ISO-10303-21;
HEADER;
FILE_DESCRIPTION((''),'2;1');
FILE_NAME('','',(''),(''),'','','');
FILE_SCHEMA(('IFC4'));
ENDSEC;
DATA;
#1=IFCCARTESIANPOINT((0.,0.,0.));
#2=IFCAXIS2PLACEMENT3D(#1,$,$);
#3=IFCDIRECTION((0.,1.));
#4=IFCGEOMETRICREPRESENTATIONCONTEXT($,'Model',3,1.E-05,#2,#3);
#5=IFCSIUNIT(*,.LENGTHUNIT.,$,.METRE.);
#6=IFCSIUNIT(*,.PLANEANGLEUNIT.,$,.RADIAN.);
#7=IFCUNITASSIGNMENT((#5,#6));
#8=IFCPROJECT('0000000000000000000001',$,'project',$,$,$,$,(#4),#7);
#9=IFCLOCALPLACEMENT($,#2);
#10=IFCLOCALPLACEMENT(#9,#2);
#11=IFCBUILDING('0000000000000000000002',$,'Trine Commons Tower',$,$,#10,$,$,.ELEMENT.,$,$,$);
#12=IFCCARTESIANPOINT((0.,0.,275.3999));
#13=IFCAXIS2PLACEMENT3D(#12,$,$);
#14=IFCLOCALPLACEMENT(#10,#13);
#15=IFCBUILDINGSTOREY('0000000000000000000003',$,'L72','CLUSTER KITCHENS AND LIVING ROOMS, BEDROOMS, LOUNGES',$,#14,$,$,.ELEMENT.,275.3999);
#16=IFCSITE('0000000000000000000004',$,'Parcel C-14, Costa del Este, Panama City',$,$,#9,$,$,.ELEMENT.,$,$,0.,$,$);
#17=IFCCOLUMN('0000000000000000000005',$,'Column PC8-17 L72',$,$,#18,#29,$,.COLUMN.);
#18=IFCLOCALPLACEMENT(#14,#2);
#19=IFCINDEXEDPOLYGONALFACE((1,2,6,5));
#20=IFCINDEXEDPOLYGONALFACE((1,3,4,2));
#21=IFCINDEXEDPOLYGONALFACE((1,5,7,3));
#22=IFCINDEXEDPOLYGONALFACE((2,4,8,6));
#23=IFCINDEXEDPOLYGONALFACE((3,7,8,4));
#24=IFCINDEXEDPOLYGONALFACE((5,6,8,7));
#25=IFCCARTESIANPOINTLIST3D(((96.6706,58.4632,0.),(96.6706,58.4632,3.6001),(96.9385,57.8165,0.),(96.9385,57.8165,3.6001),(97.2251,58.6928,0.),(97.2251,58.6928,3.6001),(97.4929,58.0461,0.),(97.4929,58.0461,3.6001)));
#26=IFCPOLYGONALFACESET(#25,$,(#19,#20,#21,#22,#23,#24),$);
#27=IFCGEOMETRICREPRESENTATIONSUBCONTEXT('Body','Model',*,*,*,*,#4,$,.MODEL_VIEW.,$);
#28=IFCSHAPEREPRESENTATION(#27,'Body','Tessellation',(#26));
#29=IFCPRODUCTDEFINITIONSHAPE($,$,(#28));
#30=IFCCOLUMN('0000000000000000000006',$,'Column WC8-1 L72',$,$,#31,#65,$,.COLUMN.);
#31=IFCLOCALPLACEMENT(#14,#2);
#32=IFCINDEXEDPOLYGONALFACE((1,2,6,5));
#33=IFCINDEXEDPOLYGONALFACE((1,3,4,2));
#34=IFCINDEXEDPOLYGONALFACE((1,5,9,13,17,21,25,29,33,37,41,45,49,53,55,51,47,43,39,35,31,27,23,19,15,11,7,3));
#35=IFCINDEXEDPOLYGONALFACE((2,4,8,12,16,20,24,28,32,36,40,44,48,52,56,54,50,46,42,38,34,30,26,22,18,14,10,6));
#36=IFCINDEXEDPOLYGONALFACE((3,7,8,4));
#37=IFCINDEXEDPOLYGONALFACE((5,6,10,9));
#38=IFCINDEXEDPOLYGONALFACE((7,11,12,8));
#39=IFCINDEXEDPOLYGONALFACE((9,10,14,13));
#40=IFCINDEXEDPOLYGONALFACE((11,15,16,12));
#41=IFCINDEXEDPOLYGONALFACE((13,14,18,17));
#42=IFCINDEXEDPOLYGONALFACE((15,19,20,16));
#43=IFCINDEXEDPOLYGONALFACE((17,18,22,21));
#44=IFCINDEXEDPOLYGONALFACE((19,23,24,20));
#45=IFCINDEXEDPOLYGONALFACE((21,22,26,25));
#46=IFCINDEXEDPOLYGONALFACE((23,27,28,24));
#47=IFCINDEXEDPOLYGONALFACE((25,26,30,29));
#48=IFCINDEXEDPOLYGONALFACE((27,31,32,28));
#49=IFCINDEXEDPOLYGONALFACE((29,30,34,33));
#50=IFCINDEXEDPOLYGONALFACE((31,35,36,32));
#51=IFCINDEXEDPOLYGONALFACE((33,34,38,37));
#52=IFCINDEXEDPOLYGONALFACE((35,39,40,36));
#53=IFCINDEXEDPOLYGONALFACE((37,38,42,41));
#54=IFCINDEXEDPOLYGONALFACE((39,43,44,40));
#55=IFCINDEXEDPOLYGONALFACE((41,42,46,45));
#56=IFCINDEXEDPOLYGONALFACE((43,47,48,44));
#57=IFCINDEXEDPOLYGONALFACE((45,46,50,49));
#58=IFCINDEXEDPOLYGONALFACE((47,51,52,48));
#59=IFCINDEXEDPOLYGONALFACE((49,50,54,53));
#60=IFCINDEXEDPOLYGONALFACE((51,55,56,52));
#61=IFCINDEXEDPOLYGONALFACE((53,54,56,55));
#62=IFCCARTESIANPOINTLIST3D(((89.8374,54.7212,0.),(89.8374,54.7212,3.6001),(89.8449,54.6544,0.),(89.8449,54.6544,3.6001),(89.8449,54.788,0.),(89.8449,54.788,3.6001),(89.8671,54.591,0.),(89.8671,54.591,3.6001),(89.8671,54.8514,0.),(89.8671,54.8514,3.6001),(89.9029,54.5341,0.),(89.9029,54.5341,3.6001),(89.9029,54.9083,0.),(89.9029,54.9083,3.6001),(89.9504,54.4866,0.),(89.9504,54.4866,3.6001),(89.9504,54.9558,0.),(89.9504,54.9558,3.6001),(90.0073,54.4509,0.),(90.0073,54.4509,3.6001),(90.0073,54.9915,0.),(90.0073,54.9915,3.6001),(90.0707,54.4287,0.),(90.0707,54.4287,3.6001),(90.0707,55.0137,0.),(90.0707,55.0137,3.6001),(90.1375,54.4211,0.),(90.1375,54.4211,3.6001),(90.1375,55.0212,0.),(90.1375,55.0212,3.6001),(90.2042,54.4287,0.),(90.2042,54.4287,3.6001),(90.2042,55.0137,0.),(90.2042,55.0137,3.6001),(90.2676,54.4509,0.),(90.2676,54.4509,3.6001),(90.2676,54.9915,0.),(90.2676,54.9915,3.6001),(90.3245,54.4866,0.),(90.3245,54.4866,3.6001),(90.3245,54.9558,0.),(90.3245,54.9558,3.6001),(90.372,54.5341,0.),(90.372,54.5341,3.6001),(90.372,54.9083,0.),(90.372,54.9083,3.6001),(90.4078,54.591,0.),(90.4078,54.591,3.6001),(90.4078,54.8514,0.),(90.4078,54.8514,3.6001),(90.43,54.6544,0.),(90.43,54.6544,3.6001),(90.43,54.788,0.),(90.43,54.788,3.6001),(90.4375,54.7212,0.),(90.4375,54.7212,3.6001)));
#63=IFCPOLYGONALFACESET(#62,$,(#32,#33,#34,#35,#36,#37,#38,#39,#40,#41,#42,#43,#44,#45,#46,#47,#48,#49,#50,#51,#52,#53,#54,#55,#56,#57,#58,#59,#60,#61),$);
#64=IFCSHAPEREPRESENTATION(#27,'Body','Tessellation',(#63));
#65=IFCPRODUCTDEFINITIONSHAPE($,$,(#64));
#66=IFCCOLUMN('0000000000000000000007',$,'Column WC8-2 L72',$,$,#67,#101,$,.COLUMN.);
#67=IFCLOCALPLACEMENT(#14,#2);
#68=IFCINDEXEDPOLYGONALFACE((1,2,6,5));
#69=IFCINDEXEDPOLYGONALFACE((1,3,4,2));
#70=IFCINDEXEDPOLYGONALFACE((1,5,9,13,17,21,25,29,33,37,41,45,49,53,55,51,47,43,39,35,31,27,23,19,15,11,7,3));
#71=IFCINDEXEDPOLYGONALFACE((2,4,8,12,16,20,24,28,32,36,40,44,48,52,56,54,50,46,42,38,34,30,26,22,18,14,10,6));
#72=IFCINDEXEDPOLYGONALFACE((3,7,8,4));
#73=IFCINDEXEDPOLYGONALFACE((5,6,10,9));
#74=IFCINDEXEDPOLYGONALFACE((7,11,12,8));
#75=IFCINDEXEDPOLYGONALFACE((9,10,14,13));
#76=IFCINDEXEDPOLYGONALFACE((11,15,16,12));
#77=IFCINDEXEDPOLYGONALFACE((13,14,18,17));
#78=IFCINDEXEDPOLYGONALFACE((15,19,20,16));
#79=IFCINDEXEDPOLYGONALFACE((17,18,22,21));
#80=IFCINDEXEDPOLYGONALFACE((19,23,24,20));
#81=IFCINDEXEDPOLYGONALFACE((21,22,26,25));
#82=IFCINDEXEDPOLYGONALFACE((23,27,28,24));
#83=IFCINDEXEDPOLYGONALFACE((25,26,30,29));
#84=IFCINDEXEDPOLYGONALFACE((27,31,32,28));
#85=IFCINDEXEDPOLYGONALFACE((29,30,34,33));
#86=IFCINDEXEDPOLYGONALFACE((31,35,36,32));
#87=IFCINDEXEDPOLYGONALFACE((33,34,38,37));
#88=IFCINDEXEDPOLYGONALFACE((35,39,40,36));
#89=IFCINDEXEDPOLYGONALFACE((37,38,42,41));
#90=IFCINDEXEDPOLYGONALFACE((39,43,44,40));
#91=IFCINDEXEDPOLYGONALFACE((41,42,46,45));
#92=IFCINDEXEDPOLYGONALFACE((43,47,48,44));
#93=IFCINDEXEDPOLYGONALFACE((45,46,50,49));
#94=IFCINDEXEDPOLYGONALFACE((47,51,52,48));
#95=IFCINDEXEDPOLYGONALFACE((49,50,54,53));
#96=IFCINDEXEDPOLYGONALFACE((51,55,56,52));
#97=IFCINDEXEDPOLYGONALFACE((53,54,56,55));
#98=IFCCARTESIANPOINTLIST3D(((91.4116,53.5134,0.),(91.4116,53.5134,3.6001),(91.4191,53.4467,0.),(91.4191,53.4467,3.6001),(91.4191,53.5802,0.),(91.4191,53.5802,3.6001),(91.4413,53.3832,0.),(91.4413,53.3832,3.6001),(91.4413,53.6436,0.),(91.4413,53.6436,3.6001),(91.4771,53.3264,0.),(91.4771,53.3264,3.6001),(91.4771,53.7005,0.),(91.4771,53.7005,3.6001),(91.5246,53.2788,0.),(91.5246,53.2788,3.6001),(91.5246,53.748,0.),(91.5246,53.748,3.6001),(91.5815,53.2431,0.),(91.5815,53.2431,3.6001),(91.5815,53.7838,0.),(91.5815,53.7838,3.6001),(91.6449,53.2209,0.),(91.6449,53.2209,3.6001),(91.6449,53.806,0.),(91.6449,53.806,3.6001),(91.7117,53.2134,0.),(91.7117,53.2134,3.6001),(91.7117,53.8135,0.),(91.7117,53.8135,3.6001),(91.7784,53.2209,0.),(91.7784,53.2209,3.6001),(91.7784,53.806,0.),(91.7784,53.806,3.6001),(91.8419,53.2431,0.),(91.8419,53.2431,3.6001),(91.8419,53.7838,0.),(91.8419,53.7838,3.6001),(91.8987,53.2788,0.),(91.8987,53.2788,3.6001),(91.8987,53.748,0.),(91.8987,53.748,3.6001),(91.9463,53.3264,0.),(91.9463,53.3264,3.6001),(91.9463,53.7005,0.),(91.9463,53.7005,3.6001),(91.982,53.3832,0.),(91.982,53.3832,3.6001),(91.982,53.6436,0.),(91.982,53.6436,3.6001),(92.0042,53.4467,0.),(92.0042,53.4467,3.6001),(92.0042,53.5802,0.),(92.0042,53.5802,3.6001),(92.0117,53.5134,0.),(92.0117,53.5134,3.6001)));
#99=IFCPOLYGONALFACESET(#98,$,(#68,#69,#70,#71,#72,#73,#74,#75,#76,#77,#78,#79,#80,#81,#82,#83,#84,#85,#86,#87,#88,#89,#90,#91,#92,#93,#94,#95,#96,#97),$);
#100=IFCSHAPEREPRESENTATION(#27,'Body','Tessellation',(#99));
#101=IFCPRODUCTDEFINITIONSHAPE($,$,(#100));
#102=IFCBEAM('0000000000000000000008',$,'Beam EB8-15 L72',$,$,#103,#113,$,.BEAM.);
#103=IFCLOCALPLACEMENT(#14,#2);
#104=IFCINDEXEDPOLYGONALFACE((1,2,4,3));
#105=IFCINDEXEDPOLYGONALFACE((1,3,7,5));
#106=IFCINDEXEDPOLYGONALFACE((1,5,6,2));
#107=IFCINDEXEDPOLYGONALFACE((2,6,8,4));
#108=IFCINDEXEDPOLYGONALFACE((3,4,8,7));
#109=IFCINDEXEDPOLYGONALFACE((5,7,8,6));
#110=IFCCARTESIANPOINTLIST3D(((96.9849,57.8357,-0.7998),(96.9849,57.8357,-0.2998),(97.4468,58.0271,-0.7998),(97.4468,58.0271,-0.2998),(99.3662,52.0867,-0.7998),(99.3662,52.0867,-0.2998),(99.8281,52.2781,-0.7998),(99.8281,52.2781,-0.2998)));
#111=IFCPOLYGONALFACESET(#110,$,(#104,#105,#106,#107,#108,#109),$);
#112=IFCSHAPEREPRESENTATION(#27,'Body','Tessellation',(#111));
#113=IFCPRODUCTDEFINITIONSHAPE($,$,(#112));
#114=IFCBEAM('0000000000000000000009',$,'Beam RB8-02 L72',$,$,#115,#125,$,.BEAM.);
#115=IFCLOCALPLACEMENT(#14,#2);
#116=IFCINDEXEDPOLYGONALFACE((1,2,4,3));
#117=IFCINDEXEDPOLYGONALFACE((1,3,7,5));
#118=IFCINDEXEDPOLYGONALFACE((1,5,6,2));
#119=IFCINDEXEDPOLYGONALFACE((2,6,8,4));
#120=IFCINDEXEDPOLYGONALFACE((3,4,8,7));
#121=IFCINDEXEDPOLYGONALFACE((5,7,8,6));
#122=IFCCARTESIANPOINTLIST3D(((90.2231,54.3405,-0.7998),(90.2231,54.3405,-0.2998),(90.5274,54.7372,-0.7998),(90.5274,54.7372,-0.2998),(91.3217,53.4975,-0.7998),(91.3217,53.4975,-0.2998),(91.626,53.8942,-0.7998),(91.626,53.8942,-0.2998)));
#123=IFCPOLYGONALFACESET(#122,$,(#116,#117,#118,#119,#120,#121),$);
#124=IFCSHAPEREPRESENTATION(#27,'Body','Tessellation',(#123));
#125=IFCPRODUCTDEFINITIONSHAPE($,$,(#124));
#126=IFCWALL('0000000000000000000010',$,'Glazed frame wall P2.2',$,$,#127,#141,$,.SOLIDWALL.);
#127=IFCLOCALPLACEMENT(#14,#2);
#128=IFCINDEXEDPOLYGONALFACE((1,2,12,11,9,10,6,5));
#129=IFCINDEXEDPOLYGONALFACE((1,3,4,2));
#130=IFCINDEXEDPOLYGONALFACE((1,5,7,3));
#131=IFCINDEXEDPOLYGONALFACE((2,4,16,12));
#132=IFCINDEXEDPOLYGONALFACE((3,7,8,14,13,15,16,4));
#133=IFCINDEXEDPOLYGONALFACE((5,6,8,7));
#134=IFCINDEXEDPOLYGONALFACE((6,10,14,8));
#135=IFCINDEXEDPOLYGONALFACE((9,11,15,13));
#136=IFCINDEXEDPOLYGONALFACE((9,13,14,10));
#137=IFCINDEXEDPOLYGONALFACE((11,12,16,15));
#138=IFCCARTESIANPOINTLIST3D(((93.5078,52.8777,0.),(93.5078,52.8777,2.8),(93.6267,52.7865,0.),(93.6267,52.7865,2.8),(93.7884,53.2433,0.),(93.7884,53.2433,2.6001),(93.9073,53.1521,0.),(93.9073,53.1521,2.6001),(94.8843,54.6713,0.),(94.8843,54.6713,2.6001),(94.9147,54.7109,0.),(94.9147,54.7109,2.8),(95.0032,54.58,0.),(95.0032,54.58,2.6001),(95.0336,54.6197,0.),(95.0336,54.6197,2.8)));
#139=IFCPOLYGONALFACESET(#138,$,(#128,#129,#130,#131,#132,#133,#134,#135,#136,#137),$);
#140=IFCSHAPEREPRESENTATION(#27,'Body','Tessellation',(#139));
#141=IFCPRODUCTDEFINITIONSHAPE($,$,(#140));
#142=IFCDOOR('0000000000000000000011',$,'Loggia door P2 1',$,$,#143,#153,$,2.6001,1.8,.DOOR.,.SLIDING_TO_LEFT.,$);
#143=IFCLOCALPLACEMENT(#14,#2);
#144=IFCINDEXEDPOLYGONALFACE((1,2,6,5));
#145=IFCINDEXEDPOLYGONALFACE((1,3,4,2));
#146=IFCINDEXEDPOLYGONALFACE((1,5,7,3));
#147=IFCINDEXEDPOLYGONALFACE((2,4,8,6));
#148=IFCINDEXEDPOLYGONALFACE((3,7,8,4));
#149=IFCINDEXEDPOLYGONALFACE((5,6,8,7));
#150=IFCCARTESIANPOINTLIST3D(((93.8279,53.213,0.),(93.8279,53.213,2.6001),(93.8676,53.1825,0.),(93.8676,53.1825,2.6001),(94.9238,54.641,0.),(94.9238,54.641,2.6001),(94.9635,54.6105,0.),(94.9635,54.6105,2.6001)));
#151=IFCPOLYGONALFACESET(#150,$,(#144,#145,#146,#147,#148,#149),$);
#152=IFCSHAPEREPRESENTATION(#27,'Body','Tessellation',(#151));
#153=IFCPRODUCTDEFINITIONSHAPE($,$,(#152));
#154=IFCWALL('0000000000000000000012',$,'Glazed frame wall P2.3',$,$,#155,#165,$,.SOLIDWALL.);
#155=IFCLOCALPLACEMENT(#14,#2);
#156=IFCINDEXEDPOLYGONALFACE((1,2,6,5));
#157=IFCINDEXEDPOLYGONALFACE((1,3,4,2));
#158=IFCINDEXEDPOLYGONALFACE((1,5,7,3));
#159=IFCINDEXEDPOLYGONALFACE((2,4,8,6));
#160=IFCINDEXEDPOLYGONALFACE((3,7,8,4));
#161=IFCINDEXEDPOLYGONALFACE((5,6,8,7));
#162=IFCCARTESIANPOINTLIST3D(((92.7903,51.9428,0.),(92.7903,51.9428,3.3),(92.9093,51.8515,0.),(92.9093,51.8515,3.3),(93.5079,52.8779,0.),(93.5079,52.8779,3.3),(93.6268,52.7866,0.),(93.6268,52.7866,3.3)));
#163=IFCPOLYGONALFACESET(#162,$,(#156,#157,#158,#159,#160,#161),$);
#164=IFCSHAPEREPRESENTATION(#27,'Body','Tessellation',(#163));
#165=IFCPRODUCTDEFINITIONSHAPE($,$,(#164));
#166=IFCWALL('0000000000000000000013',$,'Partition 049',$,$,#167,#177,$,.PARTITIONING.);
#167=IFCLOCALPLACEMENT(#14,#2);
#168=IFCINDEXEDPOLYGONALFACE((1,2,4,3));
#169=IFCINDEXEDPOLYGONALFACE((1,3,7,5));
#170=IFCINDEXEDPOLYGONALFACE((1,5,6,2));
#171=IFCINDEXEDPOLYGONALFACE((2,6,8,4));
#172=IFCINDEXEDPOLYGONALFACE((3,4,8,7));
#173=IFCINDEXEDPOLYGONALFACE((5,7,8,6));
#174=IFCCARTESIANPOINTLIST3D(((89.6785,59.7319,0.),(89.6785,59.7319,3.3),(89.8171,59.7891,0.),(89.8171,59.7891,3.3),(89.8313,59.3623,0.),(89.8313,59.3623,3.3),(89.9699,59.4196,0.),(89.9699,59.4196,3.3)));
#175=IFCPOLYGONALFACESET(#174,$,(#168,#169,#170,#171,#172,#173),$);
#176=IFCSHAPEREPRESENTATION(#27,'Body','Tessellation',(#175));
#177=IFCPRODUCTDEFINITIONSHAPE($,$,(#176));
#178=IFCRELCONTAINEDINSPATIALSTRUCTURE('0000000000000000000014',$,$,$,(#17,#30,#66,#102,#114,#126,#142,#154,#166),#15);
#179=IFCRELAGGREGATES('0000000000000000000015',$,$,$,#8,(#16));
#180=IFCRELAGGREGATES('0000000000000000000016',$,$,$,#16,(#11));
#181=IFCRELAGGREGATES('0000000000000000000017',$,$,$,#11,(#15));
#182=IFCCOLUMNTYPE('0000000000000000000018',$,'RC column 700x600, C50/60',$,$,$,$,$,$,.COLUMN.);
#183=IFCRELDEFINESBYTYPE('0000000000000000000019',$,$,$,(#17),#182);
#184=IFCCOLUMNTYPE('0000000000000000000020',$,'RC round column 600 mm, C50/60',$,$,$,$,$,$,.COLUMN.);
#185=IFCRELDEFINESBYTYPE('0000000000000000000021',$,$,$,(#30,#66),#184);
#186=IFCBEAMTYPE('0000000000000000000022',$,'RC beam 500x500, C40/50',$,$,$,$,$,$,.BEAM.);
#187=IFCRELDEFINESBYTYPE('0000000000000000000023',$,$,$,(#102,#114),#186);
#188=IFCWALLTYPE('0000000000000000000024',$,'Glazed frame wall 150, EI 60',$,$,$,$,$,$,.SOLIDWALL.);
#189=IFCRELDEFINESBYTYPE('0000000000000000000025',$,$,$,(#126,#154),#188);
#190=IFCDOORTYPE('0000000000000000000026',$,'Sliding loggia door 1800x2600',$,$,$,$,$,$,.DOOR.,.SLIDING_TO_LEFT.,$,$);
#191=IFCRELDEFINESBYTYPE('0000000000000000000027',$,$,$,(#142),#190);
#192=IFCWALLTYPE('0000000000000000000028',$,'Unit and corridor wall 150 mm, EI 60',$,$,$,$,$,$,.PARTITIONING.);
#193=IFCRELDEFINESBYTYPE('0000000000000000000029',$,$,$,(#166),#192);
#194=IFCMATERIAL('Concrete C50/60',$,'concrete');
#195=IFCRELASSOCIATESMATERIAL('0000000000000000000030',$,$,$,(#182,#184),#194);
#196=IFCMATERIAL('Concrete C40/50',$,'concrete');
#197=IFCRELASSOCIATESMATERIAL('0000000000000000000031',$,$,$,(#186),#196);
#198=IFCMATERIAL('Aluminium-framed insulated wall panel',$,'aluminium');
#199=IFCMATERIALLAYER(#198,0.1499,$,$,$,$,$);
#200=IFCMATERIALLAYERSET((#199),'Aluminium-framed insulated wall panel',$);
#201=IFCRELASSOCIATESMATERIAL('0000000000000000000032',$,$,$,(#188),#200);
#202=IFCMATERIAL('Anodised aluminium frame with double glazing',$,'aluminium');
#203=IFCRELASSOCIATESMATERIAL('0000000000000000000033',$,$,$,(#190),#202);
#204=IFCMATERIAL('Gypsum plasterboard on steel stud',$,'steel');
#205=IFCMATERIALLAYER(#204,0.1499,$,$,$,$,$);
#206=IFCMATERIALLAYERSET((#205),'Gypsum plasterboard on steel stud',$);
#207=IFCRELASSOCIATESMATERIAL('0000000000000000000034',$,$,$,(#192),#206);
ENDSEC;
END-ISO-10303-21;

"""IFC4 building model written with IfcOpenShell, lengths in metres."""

from ifc_helpers import new_model, si_unit, direction, frame, frame_2d, origin, origin_2d, place, context, subcontext, project, spatial, polyline, rectangle, circle, outline, extrude, material, layer, layer_set, material_profile, profile_set, type_object, element, fill, save


model = new_model("IFC4")

# Units and contexts
model_context = context("Model", 3, precision=1e-05, world=origin(), true_north=direction((0.0, 1.0)))
body_context = subcontext(model_context, "Body", "Model", "MODEL_VIEW")
ifc_project = project(units=[si_unit("LENGTHUNIT", "METRE"), si_unit("PLANEANGLEUNIT", "RADIAN")], contexts=[model_context])

# Site, building, storey
site_placement = place(None, origin())
site = spatial("IfcSite", under=ifc_project, at=site_placement, Name="Parcel C-14, Costa del Este, Panama City", CompositionType="ELEMENT", RefElevation=0.0)
building_placement = place(site_placement, origin())
building = spatial("IfcBuilding", under=site, at=building_placement, Name="Trine Commons Tower", CompositionType="ELEMENT")
storey_placement = place(building_placement, frame((0.0, 0.0, 275.3999)))
storey = spatial("IfcBuildingStorey", under=building, at=storey_placement, Name="L72", Description="CLUSTER KITCHENS AND LIVING ROOMS, BEDROOMS, LOUNGES", CompositionType="ELEMENT", Elevation=275.3999)

# Columns
ifc_material_1 = material(Name="Concrete C50/60", Category="concrete")
ifc_material_profile_1 = material_profile(ifc_material_1, rectangle(XDim=0.7, YDim=0.6001, at=origin_2d()), Name="RC 700x600")
ifc_profile_set_1 = profile_set([ifc_material_profile_1], Name="Concrete C50/60")
column_type_1 = type_object("IfcColumnType", Name="RC column 700x600, C50/60", PredefinedType="COLUMN", material=ifc_profile_set_1)
column_placement = place(storey_placement, frame((97.0818, 58.2546, 0.0), z_axis=(0.0, 0.0, 1.0), x_axis=(-0.382683, 0.92388, 0.0)))
element("IfcColumn", 1, at=column_placement, inside=storey, type_object=column_type_1, Name="Column PC8-17 L72", PredefinedType="COLUMN", context=body_context, shape_type="SweptSolid", body=[
    extrude(rectangle(XDim=0.7, YDim=0.6001, at=origin_2d()), origin(), (0.0, 0.0, 1.0), 3.6001),
])
ifc_material_profile_2 = material_profile(ifc_material_1, circle(Radius=0.3, at=origin_2d()), Name="RC round 600")
ifc_profile_set_2 = profile_set([ifc_material_profile_2], Name="Concrete C50/60")
column_type_2 = type_object("IfcColumnType", Name="RC round column 600 mm, C50/60", PredefinedType="COLUMN", material=ifc_profile_set_2)
for number, where, z_axis, x_axis, name in (
    (2, (90.1375, 54.7212, 0.0), (0.0, 0.0, 1.0), (1.0, 0.0, 0.0), "Column WC8-1 L72"),
    (3, (91.7117, 53.5134, 0.0), (0.0, 0.0, 1.0), (1.0, 0.0, 0.0), "Column WC8-2 L72"),
):
    element("IfcColumn", number, at=place(storey_placement, frame(where, z_axis=z_axis, x_axis=x_axis)), inside=storey, type_object=column_type_2, Name=name, PredefinedType="COLUMN", context=body_context, shape_type="SweptSolid", body=[
        extrude(circle(Radius=0.3, at=origin_2d()), origin(), (0.0, 0.0, 1.0), 3.6001),
    ])

# Beams
ifc_material_2 = material(Name="Concrete C40/50", Category="concrete")
ifc_material_profile_3 = material_profile(ifc_material_2, rectangle(XDim=0.5, YDim=0.5, at=origin_2d()), Name="RC 500x500")
ifc_profile_set_3 = profile_set([ifc_material_profile_3], Name="Concrete C40/50")
beam_type = type_object("IfcBeamType", Name="RC beam 500x500, C40/50", PredefinedType="BEAM", material=ifc_profile_set_3)
beam_1_placement = place(storey_placement, frame((97.2158, 57.9314, -0.5498), z_axis=(0.382687, -0.923878, 0.0), x_axis=(0.923878, 0.382687, 0.0)))
element("IfcBeam", 4, at=beam_1_placement, inside=storey, type_object=beam_type, Name="Beam EB8-15 L72", PredefinedType="BEAM", context=body_context, shape_type="SweptSolid", body=[
    extrude(rectangle(XDim=0.5, YDim=0.5, at=origin_2d()), origin(), (0.0, 0.0, 1.0), 6.2227),
])
beam_2_placement = place(storey_placement, frame((90.3752, 54.5388, -0.5498), z_axis=(0.793351, -0.608765, 0.0), x_axis=(0.608765, 0.793351, 0.0)))
element("IfcBeam", 5, at=beam_2_placement, inside=storey, type_object=beam_type, Name="Beam RB8-02 L72", PredefinedType="BEAM", context=body_context, shape_type="SweptSolid", body=[
    extrude(rectangle(XDim=0.5, YDim=0.5, at=origin_2d()), origin(), (0.0, 0.0, 1.0), 1.3848),
])

# Shared definitions
ifc_material_3 = material(Name="Aluminium-framed insulated wall panel", Category="aluminium")
ifc_layer_1 = layer(ifc_material_3, 0.1499)
ifc_layer_set_1 = layer_set([ifc_layer_1], Name="Aluminium-framed insulated wall panel")
wall_type_1 = type_object("IfcWallType", Name="Glazed frame wall 150, EI 60", PredefinedType="SOLIDWALL", material=ifc_layer_set_1)

# Wall, opening, door
wall_1_placement = place(storey_placement, frame((94.9741, 54.6653, 0.0), z_axis=(0.0, 0.0, 1.0), x_axis=(-0.608822, -0.793307, 0.0)))
wall_1 = element("IfcWall", 6, at=wall_1_placement, inside=storey, type_object=wall_type_1, Name="Glazed frame wall P2.2", PredefinedType="SOLIDWALL", context=body_context, shape_type="SweptSolid", body=[
    extrude(outline(polyline([(0.0, -0.075), (2.3108, -0.075), (2.3108, 0.075), (0.0, 0.075), (0.0, -0.075)])), origin(), (0.0, 0.0, 1.0), 2.8),
])
opening_1_placement = place(wall_1_placement, frame((0.05, 0.0, 0.0)))
opening_1 = element("IfcOpeningElement", 7, at=opening_1_placement, cuts=wall_1, PredefinedType="OPENING", context=body_context, shape_type="SweptSolid", body=[
    extrude(rectangle(XDim=1.8, YDim=2.6001, at=frame_2d((0.8999, 1.3))), frame((0.0, 0.085, 0.0), z_axis=(0.0, -1.0, 0.0), x_axis=(1.0, 0.0, 0.0)), (0.0, 0.0, 1.0), 0.1699),
])
ifc_material_4 = material(Name="Anodised aluminium frame with double glazing", Category="aluminium")
door_type_1 = type_object("IfcDoorType", Name="Sliding loggia door 1800x2600", OperationType="SLIDING_TO_LEFT", PredefinedType="DOOR", material=ifc_material_4)
door_1_placement = place(opening_1_placement, origin())
door_1 = element("IfcDoor", 8, at=door_1_placement, inside=storey, type_object=door_type_1, Name="Loggia door P2 1", OperationType="SLIDING_TO_LEFT", OverallHeight=2.6001, OverallWidth=1.8, PredefinedType="DOOR", context=body_context, shape_type="SweptSolid", body=[
    extrude(rectangle(XDim=1.8, YDim=2.6001, at=frame_2d((0.8999, 1.3))), frame((0.0, 0.0249, 0.0), z_axis=(0.0, -1.0, 0.0), x_axis=(1.0, 0.0, 0.0)), (0.0, 0.0, 1.0), 0.05),
])
fill(opening_1, door_1)

# Walls
wall_2_placement = place(storey_placement, frame((93.5674, 52.8323, 0.0), z_axis=(0.0, 0.0, 1.0), x_axis=(-0.608779, -0.79334, 0.0)))
element("IfcWall", 9, at=wall_2_placement, inside=storey, type_object=wall_type_1, Name="Glazed frame wall P2.3", PredefinedType="SOLIDWALL", context=body_context, shape_type="SweptSolid", body=[
    extrude(outline(polyline([(0.0, -0.075), (1.1787, -0.075), (1.1787, 0.075), (0.0, 0.075), (0.0, -0.075)])), origin(), (0.0, 0.0, 1.0), 3.3),
])
ifc_material_5 = material(Name="Gypsum plasterboard on steel stud", Category="steel")
ifc_layer_2 = layer(ifc_material_5, 0.1499)
ifc_layer_set_2 = layer_set([ifc_layer_2], Name="Gypsum plasterboard on steel stud")
wall_type_2 = type_object("IfcWallType", Name="Unit and corridor wall 150 mm, EI 60", PredefinedType="PARTITIONING", material=ifc_layer_set_2)
wall_3_placement = place(storey_placement, frame((89.7478, 59.7605, 0.0), z_axis=(0.0, 0.0, 1.0), x_axis=(0.3821, -0.924121, 0.0)))
element("IfcWall", 10, at=wall_3_placement, inside=storey, type_object=wall_type_2, Name="Partition 049", PredefinedType="PARTITIONING", context=body_context, shape_type="SweptSolid", body=[
    extrude(rectangle(XDim=0.3999, YDim=0.1499, at=frame_2d((0.2, 0.0))), origin(), (0.0, 0.0, 1.0), 3.3),
])

save(model, "model.ifc")
